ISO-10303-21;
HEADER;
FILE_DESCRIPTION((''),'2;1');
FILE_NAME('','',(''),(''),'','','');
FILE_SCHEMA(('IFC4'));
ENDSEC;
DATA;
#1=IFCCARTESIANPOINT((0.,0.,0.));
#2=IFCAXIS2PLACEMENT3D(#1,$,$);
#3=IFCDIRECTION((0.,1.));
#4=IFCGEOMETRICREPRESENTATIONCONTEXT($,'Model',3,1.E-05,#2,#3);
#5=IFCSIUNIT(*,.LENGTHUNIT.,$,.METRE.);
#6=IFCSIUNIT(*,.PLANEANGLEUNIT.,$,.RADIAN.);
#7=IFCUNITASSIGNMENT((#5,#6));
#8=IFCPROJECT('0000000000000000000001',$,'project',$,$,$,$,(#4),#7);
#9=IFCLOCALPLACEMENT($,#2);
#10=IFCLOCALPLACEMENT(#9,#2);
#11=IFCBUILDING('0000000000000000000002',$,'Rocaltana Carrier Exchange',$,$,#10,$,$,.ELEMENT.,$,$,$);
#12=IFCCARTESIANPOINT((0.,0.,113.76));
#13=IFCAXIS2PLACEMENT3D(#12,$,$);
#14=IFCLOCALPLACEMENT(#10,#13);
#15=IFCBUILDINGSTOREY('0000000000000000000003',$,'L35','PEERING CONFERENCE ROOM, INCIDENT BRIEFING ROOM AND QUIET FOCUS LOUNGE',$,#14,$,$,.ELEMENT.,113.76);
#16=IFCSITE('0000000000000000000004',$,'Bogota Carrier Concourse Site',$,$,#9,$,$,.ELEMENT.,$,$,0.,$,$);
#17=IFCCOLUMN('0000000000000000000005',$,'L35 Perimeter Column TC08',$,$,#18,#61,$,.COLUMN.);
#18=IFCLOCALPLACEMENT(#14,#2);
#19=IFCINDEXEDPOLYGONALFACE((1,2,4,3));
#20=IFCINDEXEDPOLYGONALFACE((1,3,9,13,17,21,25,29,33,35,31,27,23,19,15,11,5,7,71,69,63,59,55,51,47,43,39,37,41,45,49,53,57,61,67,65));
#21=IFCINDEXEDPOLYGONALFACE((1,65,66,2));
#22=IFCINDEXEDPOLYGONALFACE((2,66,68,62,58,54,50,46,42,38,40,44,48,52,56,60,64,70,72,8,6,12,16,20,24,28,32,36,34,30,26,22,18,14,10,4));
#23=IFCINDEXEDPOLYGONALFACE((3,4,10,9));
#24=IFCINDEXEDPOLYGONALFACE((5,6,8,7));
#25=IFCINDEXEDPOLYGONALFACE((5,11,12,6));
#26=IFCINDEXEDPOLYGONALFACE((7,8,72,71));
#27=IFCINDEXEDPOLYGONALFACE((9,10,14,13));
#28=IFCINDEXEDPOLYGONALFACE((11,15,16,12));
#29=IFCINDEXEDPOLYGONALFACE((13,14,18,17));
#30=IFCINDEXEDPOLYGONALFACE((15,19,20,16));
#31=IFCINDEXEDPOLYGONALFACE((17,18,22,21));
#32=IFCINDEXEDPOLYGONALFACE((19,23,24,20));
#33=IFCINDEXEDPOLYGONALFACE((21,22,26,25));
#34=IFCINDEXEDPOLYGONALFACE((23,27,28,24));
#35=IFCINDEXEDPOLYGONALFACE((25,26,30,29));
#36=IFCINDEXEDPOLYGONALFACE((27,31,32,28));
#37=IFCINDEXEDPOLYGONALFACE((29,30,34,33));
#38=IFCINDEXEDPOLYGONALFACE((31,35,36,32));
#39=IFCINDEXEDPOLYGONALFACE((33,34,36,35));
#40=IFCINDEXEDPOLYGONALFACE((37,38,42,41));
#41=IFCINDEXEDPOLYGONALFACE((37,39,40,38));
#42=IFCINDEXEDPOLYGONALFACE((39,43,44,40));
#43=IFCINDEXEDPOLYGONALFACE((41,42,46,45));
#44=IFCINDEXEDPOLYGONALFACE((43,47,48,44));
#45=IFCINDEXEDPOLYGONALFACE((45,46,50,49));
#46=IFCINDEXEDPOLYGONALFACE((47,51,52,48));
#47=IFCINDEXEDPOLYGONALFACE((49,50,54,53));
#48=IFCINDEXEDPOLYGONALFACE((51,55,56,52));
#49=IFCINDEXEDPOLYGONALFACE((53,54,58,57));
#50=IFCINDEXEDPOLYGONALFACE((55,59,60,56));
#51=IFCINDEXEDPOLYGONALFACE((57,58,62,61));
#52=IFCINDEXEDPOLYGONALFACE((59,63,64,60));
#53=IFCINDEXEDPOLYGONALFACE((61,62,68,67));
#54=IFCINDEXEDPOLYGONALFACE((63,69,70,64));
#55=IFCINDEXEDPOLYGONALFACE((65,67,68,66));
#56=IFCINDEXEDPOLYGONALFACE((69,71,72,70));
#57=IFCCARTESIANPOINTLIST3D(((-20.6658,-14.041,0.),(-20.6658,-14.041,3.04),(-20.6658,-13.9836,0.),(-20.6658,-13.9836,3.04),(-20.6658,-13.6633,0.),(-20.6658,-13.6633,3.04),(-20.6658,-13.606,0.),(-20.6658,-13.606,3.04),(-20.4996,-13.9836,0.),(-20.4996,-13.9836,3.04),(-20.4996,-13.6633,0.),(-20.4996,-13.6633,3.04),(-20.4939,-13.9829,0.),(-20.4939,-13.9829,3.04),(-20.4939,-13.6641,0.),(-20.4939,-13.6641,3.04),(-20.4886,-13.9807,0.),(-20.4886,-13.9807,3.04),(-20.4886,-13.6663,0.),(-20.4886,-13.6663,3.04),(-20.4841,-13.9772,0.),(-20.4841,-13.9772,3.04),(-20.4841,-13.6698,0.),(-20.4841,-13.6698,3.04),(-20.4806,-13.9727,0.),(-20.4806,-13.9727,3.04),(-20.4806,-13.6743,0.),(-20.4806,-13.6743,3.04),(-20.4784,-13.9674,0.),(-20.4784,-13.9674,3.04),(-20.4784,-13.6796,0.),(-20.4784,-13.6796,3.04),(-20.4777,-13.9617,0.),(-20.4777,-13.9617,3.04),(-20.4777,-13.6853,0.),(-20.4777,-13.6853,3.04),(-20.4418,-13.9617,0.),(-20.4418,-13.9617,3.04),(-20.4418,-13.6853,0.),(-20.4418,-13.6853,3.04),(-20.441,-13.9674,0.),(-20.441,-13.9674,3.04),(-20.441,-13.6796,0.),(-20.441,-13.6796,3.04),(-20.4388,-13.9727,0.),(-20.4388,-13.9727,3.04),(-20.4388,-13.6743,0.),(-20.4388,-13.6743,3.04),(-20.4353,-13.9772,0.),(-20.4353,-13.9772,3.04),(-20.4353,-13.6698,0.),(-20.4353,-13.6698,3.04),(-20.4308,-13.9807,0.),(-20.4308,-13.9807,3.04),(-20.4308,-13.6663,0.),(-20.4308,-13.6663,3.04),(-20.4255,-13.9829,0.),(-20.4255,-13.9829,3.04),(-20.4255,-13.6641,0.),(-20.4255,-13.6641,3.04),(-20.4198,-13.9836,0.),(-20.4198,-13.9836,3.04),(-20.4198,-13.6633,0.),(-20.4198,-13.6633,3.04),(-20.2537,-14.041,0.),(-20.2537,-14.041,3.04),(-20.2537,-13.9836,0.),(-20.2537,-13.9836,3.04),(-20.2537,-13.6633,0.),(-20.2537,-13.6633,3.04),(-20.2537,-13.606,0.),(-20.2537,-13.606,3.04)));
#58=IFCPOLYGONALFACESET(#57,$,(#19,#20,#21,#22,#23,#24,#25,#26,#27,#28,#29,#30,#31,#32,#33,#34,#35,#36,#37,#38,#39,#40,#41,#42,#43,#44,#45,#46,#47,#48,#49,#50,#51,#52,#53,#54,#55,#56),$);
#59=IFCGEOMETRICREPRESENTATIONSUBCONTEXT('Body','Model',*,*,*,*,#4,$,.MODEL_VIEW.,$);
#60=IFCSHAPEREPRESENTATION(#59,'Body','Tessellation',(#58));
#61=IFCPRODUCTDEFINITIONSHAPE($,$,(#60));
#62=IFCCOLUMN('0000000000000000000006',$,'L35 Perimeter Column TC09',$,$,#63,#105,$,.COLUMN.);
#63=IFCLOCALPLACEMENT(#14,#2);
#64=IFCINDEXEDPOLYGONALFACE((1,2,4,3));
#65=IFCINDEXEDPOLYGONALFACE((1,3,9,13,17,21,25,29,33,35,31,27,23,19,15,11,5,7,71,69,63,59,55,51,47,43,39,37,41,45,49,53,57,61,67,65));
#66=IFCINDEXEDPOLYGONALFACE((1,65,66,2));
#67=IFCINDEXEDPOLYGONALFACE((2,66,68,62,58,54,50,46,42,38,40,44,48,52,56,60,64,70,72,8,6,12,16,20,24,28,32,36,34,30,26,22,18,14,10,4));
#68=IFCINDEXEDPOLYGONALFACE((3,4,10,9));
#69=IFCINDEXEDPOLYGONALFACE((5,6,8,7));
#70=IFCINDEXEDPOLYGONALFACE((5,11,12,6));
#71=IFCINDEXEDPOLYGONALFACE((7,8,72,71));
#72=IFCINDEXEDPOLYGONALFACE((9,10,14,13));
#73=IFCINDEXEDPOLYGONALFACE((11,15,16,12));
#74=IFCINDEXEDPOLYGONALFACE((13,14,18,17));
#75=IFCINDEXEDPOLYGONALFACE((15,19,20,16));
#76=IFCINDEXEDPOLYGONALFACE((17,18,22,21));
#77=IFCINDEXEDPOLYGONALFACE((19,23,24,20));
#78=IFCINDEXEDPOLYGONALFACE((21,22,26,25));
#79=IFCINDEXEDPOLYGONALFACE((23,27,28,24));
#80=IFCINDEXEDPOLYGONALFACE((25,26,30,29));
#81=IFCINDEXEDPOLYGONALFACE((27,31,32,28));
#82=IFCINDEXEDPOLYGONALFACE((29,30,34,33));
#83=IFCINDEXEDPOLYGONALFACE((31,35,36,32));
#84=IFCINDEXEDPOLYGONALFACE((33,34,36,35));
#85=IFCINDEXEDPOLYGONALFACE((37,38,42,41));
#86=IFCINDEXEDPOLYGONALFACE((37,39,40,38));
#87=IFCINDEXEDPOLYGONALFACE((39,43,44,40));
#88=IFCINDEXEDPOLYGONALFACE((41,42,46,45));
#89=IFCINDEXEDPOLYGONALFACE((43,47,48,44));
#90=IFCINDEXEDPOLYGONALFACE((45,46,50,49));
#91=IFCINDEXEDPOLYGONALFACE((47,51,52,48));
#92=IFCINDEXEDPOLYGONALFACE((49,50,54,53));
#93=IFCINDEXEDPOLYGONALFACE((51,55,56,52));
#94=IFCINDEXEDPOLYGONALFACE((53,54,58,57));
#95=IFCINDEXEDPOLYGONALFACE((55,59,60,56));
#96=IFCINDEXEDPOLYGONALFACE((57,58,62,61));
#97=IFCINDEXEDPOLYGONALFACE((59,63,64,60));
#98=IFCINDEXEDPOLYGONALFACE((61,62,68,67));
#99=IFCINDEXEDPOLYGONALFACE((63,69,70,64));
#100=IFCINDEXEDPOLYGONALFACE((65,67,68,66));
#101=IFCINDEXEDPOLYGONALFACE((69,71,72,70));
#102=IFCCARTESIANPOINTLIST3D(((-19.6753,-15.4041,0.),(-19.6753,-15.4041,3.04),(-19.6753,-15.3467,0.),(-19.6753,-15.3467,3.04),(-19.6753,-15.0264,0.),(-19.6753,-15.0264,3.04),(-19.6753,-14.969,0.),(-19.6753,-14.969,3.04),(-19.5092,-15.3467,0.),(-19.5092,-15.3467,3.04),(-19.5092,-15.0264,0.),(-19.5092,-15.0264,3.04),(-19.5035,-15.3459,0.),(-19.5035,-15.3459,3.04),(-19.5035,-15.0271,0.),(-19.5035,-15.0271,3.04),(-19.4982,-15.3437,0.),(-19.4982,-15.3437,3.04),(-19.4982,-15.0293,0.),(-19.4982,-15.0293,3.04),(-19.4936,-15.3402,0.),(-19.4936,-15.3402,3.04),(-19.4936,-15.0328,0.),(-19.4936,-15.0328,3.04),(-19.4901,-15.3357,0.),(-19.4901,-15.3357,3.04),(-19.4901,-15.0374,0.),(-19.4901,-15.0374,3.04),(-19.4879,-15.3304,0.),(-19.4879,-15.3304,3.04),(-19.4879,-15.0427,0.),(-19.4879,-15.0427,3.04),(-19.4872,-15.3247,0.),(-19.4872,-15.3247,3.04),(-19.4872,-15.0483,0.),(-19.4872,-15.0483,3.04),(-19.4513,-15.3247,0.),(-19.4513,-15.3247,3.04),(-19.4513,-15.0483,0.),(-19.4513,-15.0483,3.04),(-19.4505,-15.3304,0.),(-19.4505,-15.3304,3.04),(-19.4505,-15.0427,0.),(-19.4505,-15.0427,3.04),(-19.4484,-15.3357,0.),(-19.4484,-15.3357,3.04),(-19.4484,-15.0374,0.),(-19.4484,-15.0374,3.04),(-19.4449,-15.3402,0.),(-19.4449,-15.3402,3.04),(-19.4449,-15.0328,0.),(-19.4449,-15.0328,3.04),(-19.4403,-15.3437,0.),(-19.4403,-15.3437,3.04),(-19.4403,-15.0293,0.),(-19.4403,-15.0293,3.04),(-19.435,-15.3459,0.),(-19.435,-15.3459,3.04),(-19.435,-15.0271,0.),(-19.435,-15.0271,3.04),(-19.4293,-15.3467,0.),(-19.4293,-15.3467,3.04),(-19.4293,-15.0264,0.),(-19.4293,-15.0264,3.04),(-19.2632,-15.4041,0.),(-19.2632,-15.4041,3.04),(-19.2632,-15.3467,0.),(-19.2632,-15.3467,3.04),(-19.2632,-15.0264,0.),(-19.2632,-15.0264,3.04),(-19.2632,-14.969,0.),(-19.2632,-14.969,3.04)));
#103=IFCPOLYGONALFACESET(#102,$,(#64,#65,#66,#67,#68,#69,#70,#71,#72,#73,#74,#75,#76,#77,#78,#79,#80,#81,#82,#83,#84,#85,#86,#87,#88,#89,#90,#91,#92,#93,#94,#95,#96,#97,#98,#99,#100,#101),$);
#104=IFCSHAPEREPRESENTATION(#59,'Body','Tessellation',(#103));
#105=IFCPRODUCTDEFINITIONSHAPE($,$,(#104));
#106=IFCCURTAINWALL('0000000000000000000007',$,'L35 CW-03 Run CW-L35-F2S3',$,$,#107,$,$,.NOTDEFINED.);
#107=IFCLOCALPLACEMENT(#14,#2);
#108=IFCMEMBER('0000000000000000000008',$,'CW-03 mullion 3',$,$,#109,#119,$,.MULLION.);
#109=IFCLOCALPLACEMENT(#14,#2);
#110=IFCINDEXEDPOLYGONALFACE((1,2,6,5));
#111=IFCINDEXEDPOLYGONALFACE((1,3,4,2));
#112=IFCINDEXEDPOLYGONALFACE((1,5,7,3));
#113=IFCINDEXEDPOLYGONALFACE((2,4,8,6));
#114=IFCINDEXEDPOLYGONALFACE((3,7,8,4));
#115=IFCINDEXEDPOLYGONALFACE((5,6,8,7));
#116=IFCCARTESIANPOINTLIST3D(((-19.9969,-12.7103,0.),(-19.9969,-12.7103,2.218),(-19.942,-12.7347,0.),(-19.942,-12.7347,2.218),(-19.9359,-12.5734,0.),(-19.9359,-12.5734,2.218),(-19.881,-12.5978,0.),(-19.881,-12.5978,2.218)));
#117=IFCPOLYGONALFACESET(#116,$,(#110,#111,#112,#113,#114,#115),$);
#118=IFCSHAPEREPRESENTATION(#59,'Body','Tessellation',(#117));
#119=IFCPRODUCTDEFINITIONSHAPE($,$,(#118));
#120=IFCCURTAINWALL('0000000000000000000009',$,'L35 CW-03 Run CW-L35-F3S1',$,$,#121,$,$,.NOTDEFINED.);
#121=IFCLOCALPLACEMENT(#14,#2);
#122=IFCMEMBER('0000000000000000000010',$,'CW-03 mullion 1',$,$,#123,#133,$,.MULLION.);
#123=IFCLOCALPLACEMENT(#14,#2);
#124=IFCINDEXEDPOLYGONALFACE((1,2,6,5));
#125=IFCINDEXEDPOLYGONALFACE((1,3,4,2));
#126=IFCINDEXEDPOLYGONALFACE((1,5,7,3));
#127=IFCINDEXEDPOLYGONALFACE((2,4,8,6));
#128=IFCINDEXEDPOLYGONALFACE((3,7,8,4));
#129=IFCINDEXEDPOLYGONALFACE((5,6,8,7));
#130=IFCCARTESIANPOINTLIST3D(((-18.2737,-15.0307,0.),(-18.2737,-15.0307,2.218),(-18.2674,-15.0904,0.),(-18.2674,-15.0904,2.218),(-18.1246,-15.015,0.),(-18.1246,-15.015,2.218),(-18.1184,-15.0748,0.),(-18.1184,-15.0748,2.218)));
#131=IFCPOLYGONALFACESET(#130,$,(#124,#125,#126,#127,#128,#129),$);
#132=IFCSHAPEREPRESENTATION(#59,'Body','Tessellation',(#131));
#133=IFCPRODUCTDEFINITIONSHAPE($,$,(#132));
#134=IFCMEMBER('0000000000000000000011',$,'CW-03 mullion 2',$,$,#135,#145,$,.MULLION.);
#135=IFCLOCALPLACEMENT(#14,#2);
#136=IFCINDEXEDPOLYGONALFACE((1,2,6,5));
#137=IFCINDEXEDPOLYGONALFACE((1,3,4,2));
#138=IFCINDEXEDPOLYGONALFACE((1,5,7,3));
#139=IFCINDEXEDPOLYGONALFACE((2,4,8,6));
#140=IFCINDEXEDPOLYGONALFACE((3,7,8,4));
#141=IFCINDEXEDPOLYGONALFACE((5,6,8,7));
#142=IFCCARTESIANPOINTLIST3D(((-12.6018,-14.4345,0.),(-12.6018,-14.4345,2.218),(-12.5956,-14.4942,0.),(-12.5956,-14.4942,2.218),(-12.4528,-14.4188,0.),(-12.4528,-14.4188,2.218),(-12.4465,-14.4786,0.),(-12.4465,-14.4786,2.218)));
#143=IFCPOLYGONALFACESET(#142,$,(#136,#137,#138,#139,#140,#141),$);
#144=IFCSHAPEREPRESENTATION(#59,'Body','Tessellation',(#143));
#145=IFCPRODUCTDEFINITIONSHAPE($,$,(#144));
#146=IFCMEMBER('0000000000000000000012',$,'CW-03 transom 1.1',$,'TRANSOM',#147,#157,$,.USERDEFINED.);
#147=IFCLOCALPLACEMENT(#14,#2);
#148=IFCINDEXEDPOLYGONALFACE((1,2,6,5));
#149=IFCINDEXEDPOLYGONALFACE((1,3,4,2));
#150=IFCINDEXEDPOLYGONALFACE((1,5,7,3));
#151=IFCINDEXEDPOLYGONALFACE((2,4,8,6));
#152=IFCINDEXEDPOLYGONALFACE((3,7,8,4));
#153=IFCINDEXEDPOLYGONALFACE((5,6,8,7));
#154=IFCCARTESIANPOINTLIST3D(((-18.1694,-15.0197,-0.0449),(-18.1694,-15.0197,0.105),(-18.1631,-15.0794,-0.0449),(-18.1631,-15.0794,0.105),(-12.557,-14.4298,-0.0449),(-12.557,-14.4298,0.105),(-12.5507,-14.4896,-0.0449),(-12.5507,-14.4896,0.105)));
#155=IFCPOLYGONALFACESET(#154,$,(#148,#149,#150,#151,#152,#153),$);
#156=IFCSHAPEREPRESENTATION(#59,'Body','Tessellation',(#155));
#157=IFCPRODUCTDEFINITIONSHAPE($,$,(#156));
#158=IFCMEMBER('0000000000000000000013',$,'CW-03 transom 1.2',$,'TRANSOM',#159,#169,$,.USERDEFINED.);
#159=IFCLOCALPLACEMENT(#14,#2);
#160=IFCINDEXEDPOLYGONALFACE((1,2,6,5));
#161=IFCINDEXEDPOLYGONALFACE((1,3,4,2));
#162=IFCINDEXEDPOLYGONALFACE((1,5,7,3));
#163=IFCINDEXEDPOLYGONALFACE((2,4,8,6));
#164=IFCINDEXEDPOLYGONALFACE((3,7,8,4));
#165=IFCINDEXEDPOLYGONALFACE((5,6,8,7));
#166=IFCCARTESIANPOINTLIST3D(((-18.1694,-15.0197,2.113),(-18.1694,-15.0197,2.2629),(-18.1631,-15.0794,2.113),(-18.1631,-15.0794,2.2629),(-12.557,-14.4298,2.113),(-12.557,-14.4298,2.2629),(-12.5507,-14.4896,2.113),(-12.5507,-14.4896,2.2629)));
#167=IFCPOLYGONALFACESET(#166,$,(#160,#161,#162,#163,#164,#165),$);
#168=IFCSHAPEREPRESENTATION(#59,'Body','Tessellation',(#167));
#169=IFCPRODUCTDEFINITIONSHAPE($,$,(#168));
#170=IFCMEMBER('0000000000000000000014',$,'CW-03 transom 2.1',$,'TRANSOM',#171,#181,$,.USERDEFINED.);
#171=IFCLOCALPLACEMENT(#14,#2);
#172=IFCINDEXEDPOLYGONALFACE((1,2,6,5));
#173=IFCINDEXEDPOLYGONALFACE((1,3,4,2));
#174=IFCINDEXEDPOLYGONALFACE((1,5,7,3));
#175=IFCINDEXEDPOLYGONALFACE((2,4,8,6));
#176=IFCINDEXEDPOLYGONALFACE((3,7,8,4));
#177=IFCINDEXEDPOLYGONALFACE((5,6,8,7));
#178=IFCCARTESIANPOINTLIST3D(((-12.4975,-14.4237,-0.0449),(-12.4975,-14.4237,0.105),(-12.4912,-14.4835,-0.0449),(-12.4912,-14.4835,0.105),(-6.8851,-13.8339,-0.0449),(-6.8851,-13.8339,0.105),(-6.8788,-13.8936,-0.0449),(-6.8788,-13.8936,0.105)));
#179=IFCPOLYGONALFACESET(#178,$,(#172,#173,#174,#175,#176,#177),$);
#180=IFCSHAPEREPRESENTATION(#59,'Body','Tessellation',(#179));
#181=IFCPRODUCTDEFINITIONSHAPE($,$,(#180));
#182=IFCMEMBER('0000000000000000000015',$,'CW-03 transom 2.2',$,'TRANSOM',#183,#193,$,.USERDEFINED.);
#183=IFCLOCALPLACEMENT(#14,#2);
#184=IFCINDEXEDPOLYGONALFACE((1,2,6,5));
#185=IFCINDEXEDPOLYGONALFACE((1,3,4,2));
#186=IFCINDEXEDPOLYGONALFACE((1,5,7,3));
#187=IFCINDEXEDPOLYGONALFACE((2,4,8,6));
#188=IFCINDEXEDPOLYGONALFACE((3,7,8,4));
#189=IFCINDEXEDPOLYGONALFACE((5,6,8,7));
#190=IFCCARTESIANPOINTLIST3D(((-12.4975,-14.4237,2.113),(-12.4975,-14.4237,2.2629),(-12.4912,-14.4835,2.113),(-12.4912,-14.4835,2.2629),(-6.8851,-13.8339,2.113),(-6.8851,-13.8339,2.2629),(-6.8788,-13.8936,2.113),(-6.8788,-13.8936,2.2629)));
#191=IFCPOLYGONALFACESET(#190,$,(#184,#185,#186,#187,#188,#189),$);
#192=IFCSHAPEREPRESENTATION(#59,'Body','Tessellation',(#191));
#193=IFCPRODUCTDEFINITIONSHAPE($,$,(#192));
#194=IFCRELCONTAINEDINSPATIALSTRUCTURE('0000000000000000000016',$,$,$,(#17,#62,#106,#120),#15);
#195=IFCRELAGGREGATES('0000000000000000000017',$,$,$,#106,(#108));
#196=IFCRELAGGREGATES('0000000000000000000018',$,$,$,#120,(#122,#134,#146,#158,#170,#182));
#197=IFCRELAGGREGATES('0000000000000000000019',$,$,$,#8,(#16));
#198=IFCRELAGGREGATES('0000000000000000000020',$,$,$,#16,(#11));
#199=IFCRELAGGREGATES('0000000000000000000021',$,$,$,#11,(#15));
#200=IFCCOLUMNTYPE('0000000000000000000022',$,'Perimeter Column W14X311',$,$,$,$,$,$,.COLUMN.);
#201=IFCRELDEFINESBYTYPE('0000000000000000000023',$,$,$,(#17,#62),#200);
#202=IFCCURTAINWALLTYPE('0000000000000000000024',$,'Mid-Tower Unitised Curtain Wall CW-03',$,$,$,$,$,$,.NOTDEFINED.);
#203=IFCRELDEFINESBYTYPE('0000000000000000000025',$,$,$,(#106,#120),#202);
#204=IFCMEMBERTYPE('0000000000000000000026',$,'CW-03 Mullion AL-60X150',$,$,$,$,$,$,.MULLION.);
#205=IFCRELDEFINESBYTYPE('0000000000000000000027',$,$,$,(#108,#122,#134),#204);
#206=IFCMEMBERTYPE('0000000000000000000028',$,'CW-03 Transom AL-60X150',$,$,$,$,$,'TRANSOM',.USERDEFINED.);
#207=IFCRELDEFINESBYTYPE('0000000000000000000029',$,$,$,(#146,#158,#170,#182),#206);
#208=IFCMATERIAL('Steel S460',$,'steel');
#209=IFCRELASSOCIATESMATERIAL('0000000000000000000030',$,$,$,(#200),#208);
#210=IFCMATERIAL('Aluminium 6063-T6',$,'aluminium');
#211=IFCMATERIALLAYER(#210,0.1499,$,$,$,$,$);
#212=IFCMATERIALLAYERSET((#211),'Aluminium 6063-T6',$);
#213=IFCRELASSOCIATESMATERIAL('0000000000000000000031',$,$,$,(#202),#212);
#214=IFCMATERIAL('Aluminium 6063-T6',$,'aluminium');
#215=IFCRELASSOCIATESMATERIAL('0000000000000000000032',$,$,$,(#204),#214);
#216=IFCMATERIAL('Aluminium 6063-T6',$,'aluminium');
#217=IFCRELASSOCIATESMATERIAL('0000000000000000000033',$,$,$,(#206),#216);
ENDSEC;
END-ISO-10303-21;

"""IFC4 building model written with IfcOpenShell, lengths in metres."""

from ifc_helpers import new_model, si_unit, direction, frame, origin, origin_2d, place, context, subcontext, project, spatial, rectangle, i_section, extrude, material, layer, layer_set, material_profile, profile_set, type_object, element, aggregate, save


model = new_model("IFC4")

# Units and contexts
model_context = context("Model", 3, precision=1e-05, world=origin(), true_north=direction((0.0, 1.0)))
body_context = subcontext(model_context, "Body", "Model", "MODEL_VIEW")
ifc_project = project(units=[si_unit("LENGTHUNIT", "METRE"), si_unit("PLANEANGLEUNIT", "RADIAN")], contexts=[model_context])

# Site, building, storey
site_placement = place(None, origin())
site = spatial("IfcSite", under=ifc_project, at=site_placement, Name="Bogota Carrier Concourse Site", CompositionType="ELEMENT", RefElevation=0.0)
building_placement = place(site_placement, origin())
building = spatial("IfcBuilding", under=site, at=building_placement, Name="Rocaltana Carrier Exchange", CompositionType="ELEMENT")
storey_placement = place(building_placement, frame((0.0, 0.0, 113.76)))
storey = spatial("IfcBuildingStorey", under=building, at=storey_placement, Name="L35", Description="PEERING CONFERENCE ROOM, INCIDENT BRIEFING ROOM AND QUIET FOCUS LOUNGE", CompositionType="ELEMENT", Elevation=113.76)

# Columns
ifc_material_1 = material(Name="Steel S460", Category="steel")
ifc_material_profile_1 = material_profile(ifc_material_1, i_section(OverallWidth=0.4121, OverallDepth=0.4351, WebThickness=0.0359, FlangeThickness=0.0574, FilletRadius=0.022, at=origin_2d()), Name="W14X311")
ifc_profile_set_1 = profile_set([ifc_material_profile_1], Name="Steel S460")
column_type = type_object("IfcColumnType", Name="Perimeter Column W14X311", PredefinedType="COLUMN", material=ifc_profile_set_1)
for number, where, z_axis, x_axis, name in (
    (1, (-20.4597, -13.8235, 0.0), (0.0, 0.0, 1.0), (1.0, 0.0, 0.0), "L35 Perimeter Column TC08"),
    (2, (-19.4692, -15.1865, 0.0), (0.0, 0.0, 1.0), (1.0, 0.0, 0.0), "L35 Perimeter Column TC09"),
):
    element("IfcColumn", number, at=place(storey_placement, frame(where, z_axis=z_axis, x_axis=x_axis)), inside=storey, type_object=column_type, Name=name, PredefinedType="COLUMN", context=body_context, shape_type="SweptSolid", body=[
        extrude(i_section(OverallWidth=0.4121, OverallDepth=0.4351, WebThickness=0.0359, FlangeThickness=0.0574, FilletRadius=0.022, at=origin_2d()), origin(), (0.0, 0.0, 1.0), 3.04),
    ])

# Curtain wall, member
ifc_material_2 = material(Name="Aluminium 6063-T6", Category="aluminium")
ifc_layer_1 = layer(ifc_material_2, 0.1499)
ifc_layer_set_1 = layer_set([ifc_layer_1], Name="Aluminium 6063-T6")
curtain_wall_type = type_object("IfcCurtainWallType", Name="Mid-Tower Unitised Curtain Wall CW-03", PredefinedType="NOTDEFINED", material=ifc_layer_set_1)
curtain_wall_1_placement = place(storey_placement, origin())
curtain_wall_1 = element("IfcCurtainWall", 3, at=curtain_wall_1_placement, inside=storey, type_object=curtain_wall_type, Name="L35 CW-03 Run CW-L35-F2S3", PredefinedType="NOTDEFINED")
ifc_material_3 = material(Name="Aluminium 6063-T6", Category="aluminium")
ifc_material_profile_2 = material_profile(ifc_material_3, rectangle(XDim=0.0601, YDim=0.1499, at=origin_2d()), Name="AL-60X150")
ifc_profile_set_2 = profile_set([ifc_material_profile_2], Name="Aluminium 6063-T6")
member_type_1 = type_object("IfcMemberType", Name="CW-03 Mullion AL-60X150", PredefinedType="MULLION", material=ifc_profile_set_2)
member_1_placement = place(storey_placement, frame((-19.939, -12.6541, 0.0), z_axis=(0.0, 0.0, 1.0), x_axis=(0.913547, -0.406733, 0.0)))
member_1 = element("IfcMember", 4, at=member_1_placement, type_object=member_type_1, Name="CW-03 mullion 3", PredefinedType="MULLION", context=body_context, shape_type="SweptSolid", body=[
    extrude(rectangle(XDim=0.0601, YDim=0.1499, at=origin_2d()), origin(), (0.0, 0.0, 1.0), 2.218),
])
aggregate(curtain_wall_1, [member_1])

# Curtain wall, members
curtain_wall_2_placement = place(storey_placement, origin())
curtain_wall_2 = element("IfcCurtainWall", 5, at=curtain_wall_2_placement, inside=storey, type_object=curtain_wall_type, Name="L35 CW-03 Run CW-L35-F3S1", PredefinedType="NOTDEFINED")
member_2_placement = place(storey_placement, frame((-18.196, -15.0527, 0.0), z_axis=(0.0, 0.0, 1.0), x_axis=(-0.104522, 0.994523, 0.0)))
member_2 = element("IfcMember", 6, at=member_2_placement, type_object=member_type_1, Name="CW-03 mullion 1", PredefinedType="MULLION", context=body_context, shape_type="SweptSolid", body=[
    extrude(rectangle(XDim=0.0601, YDim=0.1499, at=origin_2d()), origin(), (0.0, 0.0, 1.0), 2.218),
])
member_3_placement = place(storey_placement, frame((-12.5242, -14.4565, 0.0), z_axis=(0.0, 0.0, 1.0), x_axis=(-0.104522, 0.994523, 0.0)))
member_3 = element("IfcMember", 7, at=member_3_placement, type_object=member_type_1, Name="CW-03 mullion 2", PredefinedType="MULLION", context=body_context, shape_type="SweptSolid", body=[
    extrude(rectangle(XDim=0.0601, YDim=0.1499, at=origin_2d()), origin(), (0.0, 0.0, 1.0), 2.218),
])
ifc_material_4 = material(Name="Aluminium 6063-T6", Category="aluminium")
ifc_material_profile_3 = material_profile(ifc_material_4, rectangle(XDim=0.0601, YDim=0.1499, at=origin_2d()), Name="AL-60X150")
ifc_profile_set_3 = profile_set([ifc_material_profile_3], Name="Aluminium 6063-T6")
member_type_2 = type_object("IfcMemberType", Name="CW-03 Transom AL-60X150", ElementType="TRANSOM", PredefinedType="USERDEFINED", material=ifc_profile_set_3)
member_4_placement = place(storey_placement, frame((-18.1663, -15.0496, 0.03), z_axis=(0.994523, 0.104523, 0.0), x_axis=(-0.104523, 0.994523, 0.0)))
member_4 = element("IfcMember", 8, at=member_4_placement, type_object=member_type_2, Name="CW-03 transom 1.1", ObjectType="TRANSOM", PredefinedType="USERDEFINED", context=body_context, shape_type="SweptSolid", body=[
    extrude(rectangle(XDim=0.0601, YDim=0.1499, at=origin_2d()), origin(), (0.0, 0.0, 1.0), 5.6433),
])
member_5_placement = place(storey_placement, frame((-18.1663, -15.0496, 2.188), z_axis=(0.994523, 0.104523, 0.0), x_axis=(-0.104523, 0.994523, 0.0)))
member_5 = element("IfcMember", 9, at=member_5_placement, type_object=member_type_2, Name="CW-03 transom 1.2", ObjectType="TRANSOM", PredefinedType="USERDEFINED", context=body_context, shape_type="SweptSolid", body=[
    extrude(rectangle(XDim=0.0601, YDim=0.1499, at=origin_2d()), origin(), (0.0, 0.0, 1.0), 5.6433),
])
member_6_placement = place(storey_placement, frame((-12.4944, -14.4536, 0.03), z_axis=(0.994523, 0.104523, 0.0), x_axis=(-0.104523, 0.994523, 0.0)))
member_6 = element("IfcMember", 10, at=member_6_placement, type_object=member_type_2, Name="CW-03 transom 2.1", ObjectType="TRANSOM", PredefinedType="USERDEFINED", context=body_context, shape_type="SweptSolid", body=[
    extrude(rectangle(XDim=0.0601, YDim=0.1499, at=origin_2d()), origin(), (0.0, 0.0, 1.0), 5.6433),
])
member_7_placement = place(storey_placement, frame((-12.4944, -14.4536, 2.188), z_axis=(0.994523, 0.104523, 0.0), x_axis=(-0.104523, 0.994523, 0.0)))
member_7 = element("IfcMember", 11, at=member_7_placement, type_object=member_type_2, Name="CW-03 transom 2.2", ObjectType="TRANSOM", PredefinedType="USERDEFINED", context=body_context, shape_type="SweptSolid", body=[
    extrude(rectangle(XDim=0.0601, YDim=0.1499, at=origin_2d()), origin(), (0.0, 0.0, 1.0), 5.6433),
])

aggregate(curtain_wall_2, [member_2, member_3, member_4, member_5, member_6, member_7])

save(model, "model.ifc")
